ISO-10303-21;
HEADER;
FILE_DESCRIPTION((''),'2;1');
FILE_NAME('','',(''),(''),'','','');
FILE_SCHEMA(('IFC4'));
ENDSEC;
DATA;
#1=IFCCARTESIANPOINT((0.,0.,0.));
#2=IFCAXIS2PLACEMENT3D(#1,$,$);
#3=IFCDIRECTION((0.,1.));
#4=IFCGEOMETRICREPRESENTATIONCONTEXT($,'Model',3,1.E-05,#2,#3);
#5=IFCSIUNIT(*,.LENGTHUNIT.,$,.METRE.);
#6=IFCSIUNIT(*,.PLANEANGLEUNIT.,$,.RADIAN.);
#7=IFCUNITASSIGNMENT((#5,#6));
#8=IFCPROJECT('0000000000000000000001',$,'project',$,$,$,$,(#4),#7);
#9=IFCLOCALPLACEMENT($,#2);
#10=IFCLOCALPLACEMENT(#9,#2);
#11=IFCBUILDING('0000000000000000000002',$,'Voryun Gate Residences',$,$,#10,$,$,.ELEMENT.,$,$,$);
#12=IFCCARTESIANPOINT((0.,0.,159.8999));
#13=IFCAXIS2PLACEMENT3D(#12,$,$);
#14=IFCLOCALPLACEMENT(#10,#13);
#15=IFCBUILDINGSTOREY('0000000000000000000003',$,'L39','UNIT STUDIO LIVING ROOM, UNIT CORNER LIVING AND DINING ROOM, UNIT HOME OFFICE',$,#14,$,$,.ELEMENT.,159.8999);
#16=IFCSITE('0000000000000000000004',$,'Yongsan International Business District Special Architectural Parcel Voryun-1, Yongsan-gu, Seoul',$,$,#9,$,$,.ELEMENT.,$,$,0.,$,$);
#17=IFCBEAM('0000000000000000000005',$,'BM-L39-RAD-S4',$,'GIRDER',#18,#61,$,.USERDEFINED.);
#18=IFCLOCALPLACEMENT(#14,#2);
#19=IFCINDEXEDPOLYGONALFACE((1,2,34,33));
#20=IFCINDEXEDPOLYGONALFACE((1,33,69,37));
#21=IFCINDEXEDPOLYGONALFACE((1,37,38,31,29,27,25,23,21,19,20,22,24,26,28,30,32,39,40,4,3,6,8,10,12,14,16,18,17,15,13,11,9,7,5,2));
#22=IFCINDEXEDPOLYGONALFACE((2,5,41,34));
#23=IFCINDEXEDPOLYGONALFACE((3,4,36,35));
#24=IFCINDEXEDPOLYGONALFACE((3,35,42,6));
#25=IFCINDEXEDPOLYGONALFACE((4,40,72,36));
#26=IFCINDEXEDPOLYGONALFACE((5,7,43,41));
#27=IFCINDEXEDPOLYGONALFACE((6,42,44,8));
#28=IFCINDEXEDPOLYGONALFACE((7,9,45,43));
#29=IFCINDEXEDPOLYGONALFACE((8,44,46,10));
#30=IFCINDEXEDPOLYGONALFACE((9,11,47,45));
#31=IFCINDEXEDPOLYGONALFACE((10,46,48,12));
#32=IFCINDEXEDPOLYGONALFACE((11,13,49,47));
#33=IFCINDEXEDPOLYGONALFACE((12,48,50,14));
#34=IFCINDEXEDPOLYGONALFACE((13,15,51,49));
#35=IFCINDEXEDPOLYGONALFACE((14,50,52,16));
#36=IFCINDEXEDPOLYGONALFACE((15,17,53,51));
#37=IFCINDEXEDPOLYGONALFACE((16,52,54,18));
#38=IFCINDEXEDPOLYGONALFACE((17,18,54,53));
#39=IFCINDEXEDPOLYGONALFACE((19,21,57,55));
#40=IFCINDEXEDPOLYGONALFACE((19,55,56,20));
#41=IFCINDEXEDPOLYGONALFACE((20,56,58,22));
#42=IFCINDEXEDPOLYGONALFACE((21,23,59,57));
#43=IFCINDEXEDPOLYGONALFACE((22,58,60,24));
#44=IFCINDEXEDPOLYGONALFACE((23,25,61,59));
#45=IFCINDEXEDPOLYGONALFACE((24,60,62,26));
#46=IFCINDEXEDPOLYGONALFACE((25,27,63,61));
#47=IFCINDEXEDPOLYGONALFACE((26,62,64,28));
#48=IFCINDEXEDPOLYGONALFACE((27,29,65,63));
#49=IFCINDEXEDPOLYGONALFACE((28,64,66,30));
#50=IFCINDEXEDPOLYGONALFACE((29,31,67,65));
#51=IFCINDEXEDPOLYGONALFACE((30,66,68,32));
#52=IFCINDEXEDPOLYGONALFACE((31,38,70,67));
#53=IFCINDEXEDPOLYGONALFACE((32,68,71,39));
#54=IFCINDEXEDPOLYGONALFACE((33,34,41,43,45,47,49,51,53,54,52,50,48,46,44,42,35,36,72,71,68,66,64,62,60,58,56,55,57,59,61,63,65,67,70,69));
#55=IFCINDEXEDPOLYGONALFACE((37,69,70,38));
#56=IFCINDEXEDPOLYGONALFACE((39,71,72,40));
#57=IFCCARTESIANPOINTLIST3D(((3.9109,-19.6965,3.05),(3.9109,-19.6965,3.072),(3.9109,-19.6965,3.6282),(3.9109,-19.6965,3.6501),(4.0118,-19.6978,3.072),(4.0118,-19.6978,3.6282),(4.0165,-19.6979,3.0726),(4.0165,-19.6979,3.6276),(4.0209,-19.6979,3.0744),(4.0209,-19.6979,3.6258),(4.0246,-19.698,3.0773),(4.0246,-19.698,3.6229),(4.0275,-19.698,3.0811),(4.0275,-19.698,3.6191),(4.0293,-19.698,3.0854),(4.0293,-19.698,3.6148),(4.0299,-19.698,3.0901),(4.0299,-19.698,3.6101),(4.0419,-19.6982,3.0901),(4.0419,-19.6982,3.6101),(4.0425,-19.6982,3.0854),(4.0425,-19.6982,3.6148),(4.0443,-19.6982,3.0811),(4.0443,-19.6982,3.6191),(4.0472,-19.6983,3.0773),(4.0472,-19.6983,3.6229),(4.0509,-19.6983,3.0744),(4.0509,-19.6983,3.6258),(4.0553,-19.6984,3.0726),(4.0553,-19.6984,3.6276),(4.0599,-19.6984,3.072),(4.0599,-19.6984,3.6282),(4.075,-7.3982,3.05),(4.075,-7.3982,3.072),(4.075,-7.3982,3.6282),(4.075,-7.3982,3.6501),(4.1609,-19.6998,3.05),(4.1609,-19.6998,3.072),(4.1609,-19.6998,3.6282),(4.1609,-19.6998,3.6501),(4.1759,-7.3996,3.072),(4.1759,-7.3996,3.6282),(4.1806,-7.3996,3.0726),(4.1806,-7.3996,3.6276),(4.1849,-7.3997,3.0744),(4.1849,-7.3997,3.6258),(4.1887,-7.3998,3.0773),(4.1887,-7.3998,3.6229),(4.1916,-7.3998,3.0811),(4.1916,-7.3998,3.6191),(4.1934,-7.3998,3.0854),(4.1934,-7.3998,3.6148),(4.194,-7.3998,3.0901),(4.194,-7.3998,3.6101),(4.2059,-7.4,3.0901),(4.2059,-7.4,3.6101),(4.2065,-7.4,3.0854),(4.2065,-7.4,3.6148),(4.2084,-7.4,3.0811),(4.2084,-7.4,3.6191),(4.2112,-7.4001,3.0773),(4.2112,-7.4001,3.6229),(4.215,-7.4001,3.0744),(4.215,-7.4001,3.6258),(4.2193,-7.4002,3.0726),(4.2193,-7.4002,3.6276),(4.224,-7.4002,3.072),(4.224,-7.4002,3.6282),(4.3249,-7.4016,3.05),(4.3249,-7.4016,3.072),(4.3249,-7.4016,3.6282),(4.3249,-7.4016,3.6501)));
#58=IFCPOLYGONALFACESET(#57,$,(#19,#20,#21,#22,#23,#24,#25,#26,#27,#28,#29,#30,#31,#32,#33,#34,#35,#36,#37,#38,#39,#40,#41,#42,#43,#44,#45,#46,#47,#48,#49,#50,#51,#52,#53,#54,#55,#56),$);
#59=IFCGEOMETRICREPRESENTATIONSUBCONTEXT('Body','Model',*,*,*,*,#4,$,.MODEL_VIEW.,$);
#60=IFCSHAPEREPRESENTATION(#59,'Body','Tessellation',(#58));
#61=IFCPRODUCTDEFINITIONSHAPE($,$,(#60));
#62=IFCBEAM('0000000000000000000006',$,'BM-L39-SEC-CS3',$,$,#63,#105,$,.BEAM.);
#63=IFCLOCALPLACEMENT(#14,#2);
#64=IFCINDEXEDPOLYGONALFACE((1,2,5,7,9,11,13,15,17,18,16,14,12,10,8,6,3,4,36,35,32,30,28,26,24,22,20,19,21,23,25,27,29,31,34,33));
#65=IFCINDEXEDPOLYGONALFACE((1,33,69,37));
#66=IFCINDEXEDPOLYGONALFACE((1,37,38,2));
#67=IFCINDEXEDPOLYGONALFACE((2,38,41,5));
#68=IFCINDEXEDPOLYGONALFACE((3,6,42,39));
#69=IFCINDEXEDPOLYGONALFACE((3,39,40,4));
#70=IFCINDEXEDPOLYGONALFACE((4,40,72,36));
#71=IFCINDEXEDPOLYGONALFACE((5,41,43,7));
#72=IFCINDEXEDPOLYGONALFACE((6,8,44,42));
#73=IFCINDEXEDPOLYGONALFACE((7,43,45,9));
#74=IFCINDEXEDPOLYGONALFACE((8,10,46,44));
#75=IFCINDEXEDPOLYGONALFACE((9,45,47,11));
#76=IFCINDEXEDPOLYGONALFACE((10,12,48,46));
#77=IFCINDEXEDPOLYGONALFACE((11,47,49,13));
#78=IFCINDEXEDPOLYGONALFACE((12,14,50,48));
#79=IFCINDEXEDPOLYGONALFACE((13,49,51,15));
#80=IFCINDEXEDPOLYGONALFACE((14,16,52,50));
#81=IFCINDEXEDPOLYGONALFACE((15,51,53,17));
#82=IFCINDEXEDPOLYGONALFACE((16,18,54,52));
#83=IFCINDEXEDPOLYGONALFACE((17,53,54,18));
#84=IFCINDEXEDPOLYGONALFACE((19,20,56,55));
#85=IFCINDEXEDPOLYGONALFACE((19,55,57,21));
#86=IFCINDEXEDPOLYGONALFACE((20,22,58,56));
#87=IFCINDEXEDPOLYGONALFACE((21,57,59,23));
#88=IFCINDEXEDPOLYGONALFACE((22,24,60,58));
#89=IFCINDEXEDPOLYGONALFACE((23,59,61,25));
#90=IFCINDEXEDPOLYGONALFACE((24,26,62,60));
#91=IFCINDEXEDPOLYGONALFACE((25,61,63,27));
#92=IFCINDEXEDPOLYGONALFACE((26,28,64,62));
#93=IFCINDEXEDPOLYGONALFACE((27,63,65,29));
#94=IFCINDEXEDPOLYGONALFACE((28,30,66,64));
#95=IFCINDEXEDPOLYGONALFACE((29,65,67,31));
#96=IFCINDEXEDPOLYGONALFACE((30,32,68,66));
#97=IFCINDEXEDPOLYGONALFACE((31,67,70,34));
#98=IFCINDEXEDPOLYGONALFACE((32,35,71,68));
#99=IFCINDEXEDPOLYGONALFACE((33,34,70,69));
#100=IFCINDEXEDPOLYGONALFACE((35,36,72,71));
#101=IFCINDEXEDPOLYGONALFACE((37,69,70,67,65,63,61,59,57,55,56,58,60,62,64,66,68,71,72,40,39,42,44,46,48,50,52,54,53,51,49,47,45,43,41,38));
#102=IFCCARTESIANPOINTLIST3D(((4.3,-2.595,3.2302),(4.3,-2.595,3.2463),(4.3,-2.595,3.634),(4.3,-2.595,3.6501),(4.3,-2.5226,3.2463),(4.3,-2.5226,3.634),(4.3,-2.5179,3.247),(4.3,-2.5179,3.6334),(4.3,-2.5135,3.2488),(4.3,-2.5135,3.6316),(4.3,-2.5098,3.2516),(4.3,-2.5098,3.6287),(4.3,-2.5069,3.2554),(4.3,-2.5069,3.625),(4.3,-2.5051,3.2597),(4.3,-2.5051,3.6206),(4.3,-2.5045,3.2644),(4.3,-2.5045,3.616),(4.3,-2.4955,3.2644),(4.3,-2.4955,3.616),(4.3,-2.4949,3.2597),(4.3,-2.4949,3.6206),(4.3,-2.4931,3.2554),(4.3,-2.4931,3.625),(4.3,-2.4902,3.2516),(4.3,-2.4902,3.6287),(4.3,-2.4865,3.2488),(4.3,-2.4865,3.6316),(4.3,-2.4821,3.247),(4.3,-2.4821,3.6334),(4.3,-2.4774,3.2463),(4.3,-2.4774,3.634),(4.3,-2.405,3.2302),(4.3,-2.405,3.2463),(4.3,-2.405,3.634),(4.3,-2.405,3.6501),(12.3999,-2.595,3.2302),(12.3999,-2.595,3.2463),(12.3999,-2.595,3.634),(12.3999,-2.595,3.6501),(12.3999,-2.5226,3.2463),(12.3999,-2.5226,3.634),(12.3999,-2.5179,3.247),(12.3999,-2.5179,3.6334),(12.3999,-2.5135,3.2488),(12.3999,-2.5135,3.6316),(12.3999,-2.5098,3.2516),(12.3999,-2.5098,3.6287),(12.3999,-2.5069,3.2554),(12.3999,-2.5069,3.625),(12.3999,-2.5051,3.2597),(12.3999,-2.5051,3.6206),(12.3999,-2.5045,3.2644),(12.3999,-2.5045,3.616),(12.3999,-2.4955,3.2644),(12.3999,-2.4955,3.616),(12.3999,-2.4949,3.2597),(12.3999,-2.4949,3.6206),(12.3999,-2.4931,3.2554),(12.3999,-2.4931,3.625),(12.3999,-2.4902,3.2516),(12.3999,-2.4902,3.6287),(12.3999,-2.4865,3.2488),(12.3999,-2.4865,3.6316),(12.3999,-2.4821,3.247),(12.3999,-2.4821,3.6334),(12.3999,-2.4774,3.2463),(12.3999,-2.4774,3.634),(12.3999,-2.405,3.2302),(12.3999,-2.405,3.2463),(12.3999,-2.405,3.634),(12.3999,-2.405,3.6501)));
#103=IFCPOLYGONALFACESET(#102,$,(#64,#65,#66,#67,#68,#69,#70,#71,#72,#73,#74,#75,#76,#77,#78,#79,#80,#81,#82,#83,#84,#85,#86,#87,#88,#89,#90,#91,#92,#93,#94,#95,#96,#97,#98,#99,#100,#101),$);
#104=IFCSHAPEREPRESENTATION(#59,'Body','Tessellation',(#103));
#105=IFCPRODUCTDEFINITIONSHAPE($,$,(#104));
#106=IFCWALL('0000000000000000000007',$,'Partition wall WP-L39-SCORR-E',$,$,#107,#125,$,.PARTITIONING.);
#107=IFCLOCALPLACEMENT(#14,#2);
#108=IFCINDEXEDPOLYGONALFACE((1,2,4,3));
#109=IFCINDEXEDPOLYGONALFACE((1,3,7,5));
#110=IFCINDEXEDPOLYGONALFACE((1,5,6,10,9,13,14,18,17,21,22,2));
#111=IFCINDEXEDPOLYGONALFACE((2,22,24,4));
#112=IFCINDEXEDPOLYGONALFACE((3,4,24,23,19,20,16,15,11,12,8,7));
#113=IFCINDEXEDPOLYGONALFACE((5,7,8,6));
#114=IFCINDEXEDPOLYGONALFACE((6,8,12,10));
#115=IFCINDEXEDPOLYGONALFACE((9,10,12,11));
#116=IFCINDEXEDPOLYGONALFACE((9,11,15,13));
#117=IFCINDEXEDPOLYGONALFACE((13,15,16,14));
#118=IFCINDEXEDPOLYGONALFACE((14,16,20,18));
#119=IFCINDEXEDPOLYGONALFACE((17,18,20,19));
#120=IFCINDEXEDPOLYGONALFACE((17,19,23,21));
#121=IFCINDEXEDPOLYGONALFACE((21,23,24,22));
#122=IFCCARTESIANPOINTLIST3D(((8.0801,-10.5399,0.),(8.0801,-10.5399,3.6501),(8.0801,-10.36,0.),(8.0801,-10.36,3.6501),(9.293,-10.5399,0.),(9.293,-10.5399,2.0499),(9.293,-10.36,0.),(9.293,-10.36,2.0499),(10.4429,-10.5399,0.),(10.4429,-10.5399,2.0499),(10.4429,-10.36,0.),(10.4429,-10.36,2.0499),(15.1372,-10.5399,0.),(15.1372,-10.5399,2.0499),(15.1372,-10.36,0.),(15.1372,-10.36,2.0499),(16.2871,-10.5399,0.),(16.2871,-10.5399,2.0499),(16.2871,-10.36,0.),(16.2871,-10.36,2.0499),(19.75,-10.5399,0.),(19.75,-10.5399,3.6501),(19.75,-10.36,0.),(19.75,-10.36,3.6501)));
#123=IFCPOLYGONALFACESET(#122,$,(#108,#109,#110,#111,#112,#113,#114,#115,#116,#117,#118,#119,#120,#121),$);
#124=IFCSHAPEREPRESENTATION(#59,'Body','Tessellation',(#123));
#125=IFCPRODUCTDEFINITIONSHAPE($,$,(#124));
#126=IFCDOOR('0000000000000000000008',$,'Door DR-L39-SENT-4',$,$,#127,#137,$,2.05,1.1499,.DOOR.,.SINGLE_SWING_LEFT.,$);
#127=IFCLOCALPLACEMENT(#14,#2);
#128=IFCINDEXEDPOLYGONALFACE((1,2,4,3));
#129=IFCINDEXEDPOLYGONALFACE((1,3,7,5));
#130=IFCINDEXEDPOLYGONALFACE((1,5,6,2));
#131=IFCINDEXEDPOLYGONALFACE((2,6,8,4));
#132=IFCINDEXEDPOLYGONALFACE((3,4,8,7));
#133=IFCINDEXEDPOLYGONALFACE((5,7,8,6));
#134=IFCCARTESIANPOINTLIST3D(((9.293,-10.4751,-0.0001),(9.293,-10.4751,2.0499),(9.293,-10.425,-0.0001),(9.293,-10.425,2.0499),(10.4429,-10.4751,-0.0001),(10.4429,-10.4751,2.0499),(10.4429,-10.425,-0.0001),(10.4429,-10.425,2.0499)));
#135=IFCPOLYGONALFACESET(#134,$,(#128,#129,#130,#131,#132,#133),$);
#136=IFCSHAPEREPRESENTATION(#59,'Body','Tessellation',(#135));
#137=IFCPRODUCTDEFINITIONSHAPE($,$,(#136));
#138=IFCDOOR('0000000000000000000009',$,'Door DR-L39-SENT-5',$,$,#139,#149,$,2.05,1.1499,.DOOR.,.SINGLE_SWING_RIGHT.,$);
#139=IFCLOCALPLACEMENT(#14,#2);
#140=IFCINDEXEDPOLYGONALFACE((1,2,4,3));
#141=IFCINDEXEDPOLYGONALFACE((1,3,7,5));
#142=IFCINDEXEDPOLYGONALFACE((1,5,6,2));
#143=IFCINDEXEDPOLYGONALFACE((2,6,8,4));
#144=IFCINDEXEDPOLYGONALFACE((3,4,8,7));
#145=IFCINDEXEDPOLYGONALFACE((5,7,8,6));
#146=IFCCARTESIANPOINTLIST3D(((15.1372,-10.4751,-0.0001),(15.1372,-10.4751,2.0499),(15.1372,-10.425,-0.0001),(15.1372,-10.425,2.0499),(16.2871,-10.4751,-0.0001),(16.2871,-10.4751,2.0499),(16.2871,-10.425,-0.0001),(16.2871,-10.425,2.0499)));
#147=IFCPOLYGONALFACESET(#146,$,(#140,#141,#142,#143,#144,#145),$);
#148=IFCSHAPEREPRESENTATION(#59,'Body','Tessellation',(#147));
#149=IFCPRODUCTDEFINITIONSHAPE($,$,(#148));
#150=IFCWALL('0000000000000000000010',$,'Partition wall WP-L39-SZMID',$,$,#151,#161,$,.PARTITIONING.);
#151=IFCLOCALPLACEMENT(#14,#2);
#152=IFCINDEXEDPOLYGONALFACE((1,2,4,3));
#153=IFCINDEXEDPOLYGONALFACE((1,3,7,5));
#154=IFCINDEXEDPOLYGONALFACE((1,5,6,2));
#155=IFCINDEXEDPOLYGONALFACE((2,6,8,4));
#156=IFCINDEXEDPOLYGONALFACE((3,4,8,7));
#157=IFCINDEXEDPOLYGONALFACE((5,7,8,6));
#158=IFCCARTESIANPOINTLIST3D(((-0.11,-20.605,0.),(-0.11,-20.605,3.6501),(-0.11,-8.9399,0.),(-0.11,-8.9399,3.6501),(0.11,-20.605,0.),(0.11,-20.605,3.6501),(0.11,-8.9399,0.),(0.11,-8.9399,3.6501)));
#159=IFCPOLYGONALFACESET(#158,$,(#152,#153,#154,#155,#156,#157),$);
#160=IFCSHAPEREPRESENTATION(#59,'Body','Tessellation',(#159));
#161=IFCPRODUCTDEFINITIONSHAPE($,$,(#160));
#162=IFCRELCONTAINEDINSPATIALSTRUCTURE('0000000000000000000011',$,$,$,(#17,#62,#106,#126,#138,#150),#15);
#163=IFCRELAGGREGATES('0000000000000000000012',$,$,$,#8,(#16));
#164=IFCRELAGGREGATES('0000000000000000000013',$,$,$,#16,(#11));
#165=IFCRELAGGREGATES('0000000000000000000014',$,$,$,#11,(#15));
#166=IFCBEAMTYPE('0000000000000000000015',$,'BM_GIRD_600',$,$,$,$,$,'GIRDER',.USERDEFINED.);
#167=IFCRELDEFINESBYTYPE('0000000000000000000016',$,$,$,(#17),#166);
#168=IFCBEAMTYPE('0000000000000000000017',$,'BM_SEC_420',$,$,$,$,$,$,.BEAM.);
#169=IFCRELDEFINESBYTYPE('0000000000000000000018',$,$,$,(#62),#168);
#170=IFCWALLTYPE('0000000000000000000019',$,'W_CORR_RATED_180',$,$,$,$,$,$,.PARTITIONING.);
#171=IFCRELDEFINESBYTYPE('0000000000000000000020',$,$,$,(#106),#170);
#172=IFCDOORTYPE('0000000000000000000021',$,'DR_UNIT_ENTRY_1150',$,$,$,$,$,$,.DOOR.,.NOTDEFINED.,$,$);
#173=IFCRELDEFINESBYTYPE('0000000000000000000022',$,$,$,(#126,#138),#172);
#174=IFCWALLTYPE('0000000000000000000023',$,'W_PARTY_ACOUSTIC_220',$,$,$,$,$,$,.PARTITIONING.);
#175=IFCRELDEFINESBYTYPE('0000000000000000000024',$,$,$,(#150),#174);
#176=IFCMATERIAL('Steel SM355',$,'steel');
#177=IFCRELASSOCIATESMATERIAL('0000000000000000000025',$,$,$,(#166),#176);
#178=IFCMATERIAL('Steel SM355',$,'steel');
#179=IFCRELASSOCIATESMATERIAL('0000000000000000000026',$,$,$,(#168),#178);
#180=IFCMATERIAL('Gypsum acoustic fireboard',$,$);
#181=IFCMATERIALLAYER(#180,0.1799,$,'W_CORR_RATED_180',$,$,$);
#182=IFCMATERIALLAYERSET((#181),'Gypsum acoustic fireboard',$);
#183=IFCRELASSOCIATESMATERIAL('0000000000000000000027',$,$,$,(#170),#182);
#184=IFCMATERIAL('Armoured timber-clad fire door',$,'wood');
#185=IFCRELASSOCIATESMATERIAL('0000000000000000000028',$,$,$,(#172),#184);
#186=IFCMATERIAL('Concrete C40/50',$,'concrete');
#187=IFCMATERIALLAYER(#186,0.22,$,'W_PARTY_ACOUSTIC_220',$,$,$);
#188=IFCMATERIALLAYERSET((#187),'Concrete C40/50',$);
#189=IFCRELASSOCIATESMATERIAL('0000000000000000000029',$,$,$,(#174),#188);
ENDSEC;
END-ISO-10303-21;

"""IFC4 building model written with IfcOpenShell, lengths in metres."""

from ifc_helpers import new_model, si_unit, direction, frame, frame_2d, origin, origin_2d, place, context, subcontext, project, spatial, rectangle, i_section, extrude, material, layer, layer_set, material_profile, profile_set, type_object, element, fill, save


model = new_model("IFC4")

# Units and contexts
model_context = context("Model", 3, precision=1e-05, world=origin(), true_north=direction((0.0, 1.0)))
body_context = subcontext(model_context, "Body", "Model", "MODEL_VIEW")
ifc_project = project(units=[si_unit("LENGTHUNIT", "METRE"), si_unit("PLANEANGLEUNIT", "RADIAN")], contexts=[model_context])

# Site, building, storey
site_placement = place(None, origin())
site = spatial("IfcSite", under=ifc_project, at=site_placement, Name="Yongsan International Business District Special Architectural Parcel Voryun-1, Yongsan-gu, Seoul", CompositionType="ELEMENT", RefElevation=0.0)
building_placement = place(site_placement, origin())
building = spatial("IfcBuilding", under=site, at=building_placement, Name="Voryun Gate Residences", CompositionType="ELEMENT")
storey_placement = place(building_placement, frame((0.0, 0.0, 159.8999)))
storey = spatial("IfcBuildingStorey", under=building, at=storey_placement, Name="L39", Description="UNIT STUDIO LIVING ROOM, UNIT CORNER LIVING AND DINING ROOM, UNIT HOME OFFICE", CompositionType="ELEMENT", Elevation=159.8999)

# Beams
ifc_material_1 = material(Name="Steel SM355", Category="steel")
ifc_material_profile_1 = material_profile(ifc_material_1, i_section(OverallWidth=0.25, OverallDepth=0.6001, WebThickness=0.012, FlangeThickness=0.022, FilletRadius=0.0181, at=origin_2d()), Name="H-600x250x12x22")
ifc_profile_set_1 = profile_set([ifc_material_profile_1], Name="Steel SM355")
beam_type_1 = type_object("IfcBeamType", Name="BM_GIRD_600", ElementType="GIRDER", PredefinedType="USERDEFINED", material=ifc_profile_set_1)
beam_1_placement = place(storey_placement, frame((4.2, -7.3999, 3.3501), z_axis=(-0.013339, -0.999911, 0.0), x_axis=(0.999911, -0.013339, 0.0)))
element("IfcBeam", 1, at=beam_1_placement, inside=storey, type_object=beam_type_1, Name="BM-L39-RAD-S4", ObjectType="GIRDER", PredefinedType="USERDEFINED", context=body_context, shape_type="SweptSolid", body=[
    extrude(i_section(OverallWidth=0.25, OverallDepth=0.6001, WebThickness=0.012, FlangeThickness=0.022, FilletRadius=0.0181, at=origin_2d()), origin(), (0.0, 0.0, 1.0), 12.2993),
])
ifc_material_2 = material(Name="Steel SM355", Category="steel")
ifc_material_profile_2 = material_profile(ifc_material_2, i_section(OverallWidth=0.1899, OverallDepth=0.4199, WebThickness=0.009, FlangeThickness=0.0161, FilletRadius=0.0181, at=origin_2d()), Name="H-420x190x9x16")
ifc_profile_set_2 = profile_set([ifc_material_profile_2], Name="Steel SM355")
beam_type_2 = type_object("IfcBeamType", Name="BM_SEC_420", PredefinedType="BEAM", material=ifc_profile_set_2)
beam_2_placement = place(storey_placement, frame((4.3, -2.5, 3.4402), z_axis=(1.0, 0.0, 0.0), x_axis=(0.0, 1.0, 0.0)))
element("IfcBeam", 2, at=beam_2_placement, inside=storey, type_object=beam_type_2, Name="BM-L39-SEC-CS3", PredefinedType="BEAM", context=body_context, shape_type="SweptSolid", body=[
    extrude(i_section(OverallWidth=0.1899, OverallDepth=0.4199, WebThickness=0.009, FlangeThickness=0.0161, FilletRadius=0.0181, at=origin_2d()), origin(), (0.0, 0.0, 1.0), 8.0999),
])

# Wall, openings, doors
ifc_material_3 = material(Name="Gypsum acoustic fireboard")
ifc_layer_1 = layer(ifc_material_3, 0.1799, Name="W_CORR_RATED_180")
ifc_layer_set_1 = layer_set([ifc_layer_1], Name="Gypsum acoustic fireboard")
wall_type_1 = type_object("IfcWallType", Name="W_CORR_RATED_180", PredefinedType="PARTITIONING", material=ifc_layer_set_1)
wall_1_placement = place(storey_placement, frame((8.0801, -10.45, 0.0), z_axis=(0.0, 0.0, 1.0), x_axis=(1.0, 0.0, 0.0)))
wall_1 = element("IfcWall", 3, at=wall_1_placement, inside=storey, type_object=wall_type_1, Name="Partition wall WP-L39-SCORR-E", PredefinedType="PARTITIONING", context=body_context, shape_type="SweptSolid", body=[
    extrude(rectangle(XDim=11.6699, YDim=0.1799, at=frame_2d((5.835, 0.0))), origin(), (0.0, 0.0, 1.0), 3.6501),
])
opening_1_placement = place(wall_1_placement, frame((1.2129, 0.0, 0.0)))
opening_1 = element("IfcOpeningElement", 4, at=opening_1_placement, cuts=wall_1, PredefinedType="OPENING", context=body_context, shape_type="SweptSolid", body=[
    extrude(rectangle(XDim=1.1499, YDim=2.05, at=frame_2d((0.575, 1.0249))), frame((0.0, 0.0999, 0.0), z_axis=(0.0, -1.0, 0.0), x_axis=(1.0, 0.0, 0.0)), (0.0, 0.0, 1.0), 0.2),
])
opening_2_placement = place(wall_1_placement, frame((7.0571, 0.0, 0.0)))
opening_2 = element("IfcOpeningElement", 5, at=opening_2_placement, cuts=wall_1, PredefinedType="OPENING", context=body_context, shape_type="SweptSolid", body=[
    extrude(rectangle(XDim=1.1499, YDim=2.05, at=frame_2d((0.575, 1.0249))), frame((0.0, 0.0999, 0.0), z_axis=(0.0, -1.0, 0.0), x_axis=(1.0, 0.0, 0.0)), (0.0, 0.0, 1.0), 0.2),
])
ifc_material_4 = material(Name="Armoured timber-clad fire door", Category="wood")
door_type_1 = type_object("IfcDoorType", Name="DR_UNIT_ENTRY_1150", OperationType="NOTDEFINED", PredefinedType="DOOR", material=ifc_material_4)
door_1_placement = place(opening_1_placement, origin())
door_1 = element("IfcDoor", 6, at=door_1_placement, inside=storey, type_object=door_type_1, Name="Door DR-L39-SENT-4", OperationType="SINGLE_SWING_LEFT", OverallHeight=2.05, OverallWidth=1.1499, PredefinedType="DOOR", context=body_context, shape_type="SweptSolid", body=[
    extrude(rectangle(XDim=1.1499, YDim=2.05, at=frame_2d((0.575, 1.0249))), frame((0.0, 0.0249, 0.0), z_axis=(0.0, -1.0, 0.0), x_axis=(1.0, 0.0, 0.0)), (0.0, 0.0, 1.0), 0.05),
])
fill(opening_1, door_1)
door_2_placement = place(opening_2_placement, origin())
door_2 = element("IfcDoor", 7, at=door_2_placement, inside=storey, type_object=door_type_1, Name="Door DR-L39-SENT-5", OperationType="SINGLE_SWING_RIGHT", OverallHeight=2.05, OverallWidth=1.1499, PredefinedType="DOOR", context=body_context, shape_type="SweptSolid", body=[
    extrude(rectangle(XDim=1.1499, YDim=2.05, at=frame_2d((0.575, 1.0249))), frame((0.0, 0.0249, 0.0), z_axis=(0.0, -1.0, 0.0), x_axis=(1.0, 0.0, 0.0)), (0.0, 0.0, 1.0), 0.05),
])
fill(opening_2, door_2)

# Wall
ifc_material_5 = material(Name="Concrete C40/50", Category="concrete")
ifc_layer_2 = layer(ifc_material_5, 0.22, Name="W_PARTY_ACOUSTIC_220")
ifc_layer_set_2 = layer_set([ifc_layer_2], Name="Concrete C40/50")
wall_type_2 = type_object("IfcWallType", Name="W_PARTY_ACOUSTIC_220", PredefinedType="PARTITIONING", material=ifc_layer_set_2)
wall_2_placement = place(storey_placement, frame((0.0, -20.605, 0.0), z_axis=(0.0, 0.0, 1.0), x_axis=(0.0, 1.0, 0.0)))
element("IfcWall", 8, at=wall_2_placement, inside=storey, type_object=wall_type_2, Name="Partition wall WP-L39-SZMID", PredefinedType="PARTITIONING", context=body_context, shape_type="SweptSolid", body=[
    extrude(rectangle(XDim=11.665, YDim=0.22, at=frame_2d((5.8325, 0.0))), origin(), (0.0, 0.0, 1.0), 3.6501),
])

save(model, "model.ifc")
